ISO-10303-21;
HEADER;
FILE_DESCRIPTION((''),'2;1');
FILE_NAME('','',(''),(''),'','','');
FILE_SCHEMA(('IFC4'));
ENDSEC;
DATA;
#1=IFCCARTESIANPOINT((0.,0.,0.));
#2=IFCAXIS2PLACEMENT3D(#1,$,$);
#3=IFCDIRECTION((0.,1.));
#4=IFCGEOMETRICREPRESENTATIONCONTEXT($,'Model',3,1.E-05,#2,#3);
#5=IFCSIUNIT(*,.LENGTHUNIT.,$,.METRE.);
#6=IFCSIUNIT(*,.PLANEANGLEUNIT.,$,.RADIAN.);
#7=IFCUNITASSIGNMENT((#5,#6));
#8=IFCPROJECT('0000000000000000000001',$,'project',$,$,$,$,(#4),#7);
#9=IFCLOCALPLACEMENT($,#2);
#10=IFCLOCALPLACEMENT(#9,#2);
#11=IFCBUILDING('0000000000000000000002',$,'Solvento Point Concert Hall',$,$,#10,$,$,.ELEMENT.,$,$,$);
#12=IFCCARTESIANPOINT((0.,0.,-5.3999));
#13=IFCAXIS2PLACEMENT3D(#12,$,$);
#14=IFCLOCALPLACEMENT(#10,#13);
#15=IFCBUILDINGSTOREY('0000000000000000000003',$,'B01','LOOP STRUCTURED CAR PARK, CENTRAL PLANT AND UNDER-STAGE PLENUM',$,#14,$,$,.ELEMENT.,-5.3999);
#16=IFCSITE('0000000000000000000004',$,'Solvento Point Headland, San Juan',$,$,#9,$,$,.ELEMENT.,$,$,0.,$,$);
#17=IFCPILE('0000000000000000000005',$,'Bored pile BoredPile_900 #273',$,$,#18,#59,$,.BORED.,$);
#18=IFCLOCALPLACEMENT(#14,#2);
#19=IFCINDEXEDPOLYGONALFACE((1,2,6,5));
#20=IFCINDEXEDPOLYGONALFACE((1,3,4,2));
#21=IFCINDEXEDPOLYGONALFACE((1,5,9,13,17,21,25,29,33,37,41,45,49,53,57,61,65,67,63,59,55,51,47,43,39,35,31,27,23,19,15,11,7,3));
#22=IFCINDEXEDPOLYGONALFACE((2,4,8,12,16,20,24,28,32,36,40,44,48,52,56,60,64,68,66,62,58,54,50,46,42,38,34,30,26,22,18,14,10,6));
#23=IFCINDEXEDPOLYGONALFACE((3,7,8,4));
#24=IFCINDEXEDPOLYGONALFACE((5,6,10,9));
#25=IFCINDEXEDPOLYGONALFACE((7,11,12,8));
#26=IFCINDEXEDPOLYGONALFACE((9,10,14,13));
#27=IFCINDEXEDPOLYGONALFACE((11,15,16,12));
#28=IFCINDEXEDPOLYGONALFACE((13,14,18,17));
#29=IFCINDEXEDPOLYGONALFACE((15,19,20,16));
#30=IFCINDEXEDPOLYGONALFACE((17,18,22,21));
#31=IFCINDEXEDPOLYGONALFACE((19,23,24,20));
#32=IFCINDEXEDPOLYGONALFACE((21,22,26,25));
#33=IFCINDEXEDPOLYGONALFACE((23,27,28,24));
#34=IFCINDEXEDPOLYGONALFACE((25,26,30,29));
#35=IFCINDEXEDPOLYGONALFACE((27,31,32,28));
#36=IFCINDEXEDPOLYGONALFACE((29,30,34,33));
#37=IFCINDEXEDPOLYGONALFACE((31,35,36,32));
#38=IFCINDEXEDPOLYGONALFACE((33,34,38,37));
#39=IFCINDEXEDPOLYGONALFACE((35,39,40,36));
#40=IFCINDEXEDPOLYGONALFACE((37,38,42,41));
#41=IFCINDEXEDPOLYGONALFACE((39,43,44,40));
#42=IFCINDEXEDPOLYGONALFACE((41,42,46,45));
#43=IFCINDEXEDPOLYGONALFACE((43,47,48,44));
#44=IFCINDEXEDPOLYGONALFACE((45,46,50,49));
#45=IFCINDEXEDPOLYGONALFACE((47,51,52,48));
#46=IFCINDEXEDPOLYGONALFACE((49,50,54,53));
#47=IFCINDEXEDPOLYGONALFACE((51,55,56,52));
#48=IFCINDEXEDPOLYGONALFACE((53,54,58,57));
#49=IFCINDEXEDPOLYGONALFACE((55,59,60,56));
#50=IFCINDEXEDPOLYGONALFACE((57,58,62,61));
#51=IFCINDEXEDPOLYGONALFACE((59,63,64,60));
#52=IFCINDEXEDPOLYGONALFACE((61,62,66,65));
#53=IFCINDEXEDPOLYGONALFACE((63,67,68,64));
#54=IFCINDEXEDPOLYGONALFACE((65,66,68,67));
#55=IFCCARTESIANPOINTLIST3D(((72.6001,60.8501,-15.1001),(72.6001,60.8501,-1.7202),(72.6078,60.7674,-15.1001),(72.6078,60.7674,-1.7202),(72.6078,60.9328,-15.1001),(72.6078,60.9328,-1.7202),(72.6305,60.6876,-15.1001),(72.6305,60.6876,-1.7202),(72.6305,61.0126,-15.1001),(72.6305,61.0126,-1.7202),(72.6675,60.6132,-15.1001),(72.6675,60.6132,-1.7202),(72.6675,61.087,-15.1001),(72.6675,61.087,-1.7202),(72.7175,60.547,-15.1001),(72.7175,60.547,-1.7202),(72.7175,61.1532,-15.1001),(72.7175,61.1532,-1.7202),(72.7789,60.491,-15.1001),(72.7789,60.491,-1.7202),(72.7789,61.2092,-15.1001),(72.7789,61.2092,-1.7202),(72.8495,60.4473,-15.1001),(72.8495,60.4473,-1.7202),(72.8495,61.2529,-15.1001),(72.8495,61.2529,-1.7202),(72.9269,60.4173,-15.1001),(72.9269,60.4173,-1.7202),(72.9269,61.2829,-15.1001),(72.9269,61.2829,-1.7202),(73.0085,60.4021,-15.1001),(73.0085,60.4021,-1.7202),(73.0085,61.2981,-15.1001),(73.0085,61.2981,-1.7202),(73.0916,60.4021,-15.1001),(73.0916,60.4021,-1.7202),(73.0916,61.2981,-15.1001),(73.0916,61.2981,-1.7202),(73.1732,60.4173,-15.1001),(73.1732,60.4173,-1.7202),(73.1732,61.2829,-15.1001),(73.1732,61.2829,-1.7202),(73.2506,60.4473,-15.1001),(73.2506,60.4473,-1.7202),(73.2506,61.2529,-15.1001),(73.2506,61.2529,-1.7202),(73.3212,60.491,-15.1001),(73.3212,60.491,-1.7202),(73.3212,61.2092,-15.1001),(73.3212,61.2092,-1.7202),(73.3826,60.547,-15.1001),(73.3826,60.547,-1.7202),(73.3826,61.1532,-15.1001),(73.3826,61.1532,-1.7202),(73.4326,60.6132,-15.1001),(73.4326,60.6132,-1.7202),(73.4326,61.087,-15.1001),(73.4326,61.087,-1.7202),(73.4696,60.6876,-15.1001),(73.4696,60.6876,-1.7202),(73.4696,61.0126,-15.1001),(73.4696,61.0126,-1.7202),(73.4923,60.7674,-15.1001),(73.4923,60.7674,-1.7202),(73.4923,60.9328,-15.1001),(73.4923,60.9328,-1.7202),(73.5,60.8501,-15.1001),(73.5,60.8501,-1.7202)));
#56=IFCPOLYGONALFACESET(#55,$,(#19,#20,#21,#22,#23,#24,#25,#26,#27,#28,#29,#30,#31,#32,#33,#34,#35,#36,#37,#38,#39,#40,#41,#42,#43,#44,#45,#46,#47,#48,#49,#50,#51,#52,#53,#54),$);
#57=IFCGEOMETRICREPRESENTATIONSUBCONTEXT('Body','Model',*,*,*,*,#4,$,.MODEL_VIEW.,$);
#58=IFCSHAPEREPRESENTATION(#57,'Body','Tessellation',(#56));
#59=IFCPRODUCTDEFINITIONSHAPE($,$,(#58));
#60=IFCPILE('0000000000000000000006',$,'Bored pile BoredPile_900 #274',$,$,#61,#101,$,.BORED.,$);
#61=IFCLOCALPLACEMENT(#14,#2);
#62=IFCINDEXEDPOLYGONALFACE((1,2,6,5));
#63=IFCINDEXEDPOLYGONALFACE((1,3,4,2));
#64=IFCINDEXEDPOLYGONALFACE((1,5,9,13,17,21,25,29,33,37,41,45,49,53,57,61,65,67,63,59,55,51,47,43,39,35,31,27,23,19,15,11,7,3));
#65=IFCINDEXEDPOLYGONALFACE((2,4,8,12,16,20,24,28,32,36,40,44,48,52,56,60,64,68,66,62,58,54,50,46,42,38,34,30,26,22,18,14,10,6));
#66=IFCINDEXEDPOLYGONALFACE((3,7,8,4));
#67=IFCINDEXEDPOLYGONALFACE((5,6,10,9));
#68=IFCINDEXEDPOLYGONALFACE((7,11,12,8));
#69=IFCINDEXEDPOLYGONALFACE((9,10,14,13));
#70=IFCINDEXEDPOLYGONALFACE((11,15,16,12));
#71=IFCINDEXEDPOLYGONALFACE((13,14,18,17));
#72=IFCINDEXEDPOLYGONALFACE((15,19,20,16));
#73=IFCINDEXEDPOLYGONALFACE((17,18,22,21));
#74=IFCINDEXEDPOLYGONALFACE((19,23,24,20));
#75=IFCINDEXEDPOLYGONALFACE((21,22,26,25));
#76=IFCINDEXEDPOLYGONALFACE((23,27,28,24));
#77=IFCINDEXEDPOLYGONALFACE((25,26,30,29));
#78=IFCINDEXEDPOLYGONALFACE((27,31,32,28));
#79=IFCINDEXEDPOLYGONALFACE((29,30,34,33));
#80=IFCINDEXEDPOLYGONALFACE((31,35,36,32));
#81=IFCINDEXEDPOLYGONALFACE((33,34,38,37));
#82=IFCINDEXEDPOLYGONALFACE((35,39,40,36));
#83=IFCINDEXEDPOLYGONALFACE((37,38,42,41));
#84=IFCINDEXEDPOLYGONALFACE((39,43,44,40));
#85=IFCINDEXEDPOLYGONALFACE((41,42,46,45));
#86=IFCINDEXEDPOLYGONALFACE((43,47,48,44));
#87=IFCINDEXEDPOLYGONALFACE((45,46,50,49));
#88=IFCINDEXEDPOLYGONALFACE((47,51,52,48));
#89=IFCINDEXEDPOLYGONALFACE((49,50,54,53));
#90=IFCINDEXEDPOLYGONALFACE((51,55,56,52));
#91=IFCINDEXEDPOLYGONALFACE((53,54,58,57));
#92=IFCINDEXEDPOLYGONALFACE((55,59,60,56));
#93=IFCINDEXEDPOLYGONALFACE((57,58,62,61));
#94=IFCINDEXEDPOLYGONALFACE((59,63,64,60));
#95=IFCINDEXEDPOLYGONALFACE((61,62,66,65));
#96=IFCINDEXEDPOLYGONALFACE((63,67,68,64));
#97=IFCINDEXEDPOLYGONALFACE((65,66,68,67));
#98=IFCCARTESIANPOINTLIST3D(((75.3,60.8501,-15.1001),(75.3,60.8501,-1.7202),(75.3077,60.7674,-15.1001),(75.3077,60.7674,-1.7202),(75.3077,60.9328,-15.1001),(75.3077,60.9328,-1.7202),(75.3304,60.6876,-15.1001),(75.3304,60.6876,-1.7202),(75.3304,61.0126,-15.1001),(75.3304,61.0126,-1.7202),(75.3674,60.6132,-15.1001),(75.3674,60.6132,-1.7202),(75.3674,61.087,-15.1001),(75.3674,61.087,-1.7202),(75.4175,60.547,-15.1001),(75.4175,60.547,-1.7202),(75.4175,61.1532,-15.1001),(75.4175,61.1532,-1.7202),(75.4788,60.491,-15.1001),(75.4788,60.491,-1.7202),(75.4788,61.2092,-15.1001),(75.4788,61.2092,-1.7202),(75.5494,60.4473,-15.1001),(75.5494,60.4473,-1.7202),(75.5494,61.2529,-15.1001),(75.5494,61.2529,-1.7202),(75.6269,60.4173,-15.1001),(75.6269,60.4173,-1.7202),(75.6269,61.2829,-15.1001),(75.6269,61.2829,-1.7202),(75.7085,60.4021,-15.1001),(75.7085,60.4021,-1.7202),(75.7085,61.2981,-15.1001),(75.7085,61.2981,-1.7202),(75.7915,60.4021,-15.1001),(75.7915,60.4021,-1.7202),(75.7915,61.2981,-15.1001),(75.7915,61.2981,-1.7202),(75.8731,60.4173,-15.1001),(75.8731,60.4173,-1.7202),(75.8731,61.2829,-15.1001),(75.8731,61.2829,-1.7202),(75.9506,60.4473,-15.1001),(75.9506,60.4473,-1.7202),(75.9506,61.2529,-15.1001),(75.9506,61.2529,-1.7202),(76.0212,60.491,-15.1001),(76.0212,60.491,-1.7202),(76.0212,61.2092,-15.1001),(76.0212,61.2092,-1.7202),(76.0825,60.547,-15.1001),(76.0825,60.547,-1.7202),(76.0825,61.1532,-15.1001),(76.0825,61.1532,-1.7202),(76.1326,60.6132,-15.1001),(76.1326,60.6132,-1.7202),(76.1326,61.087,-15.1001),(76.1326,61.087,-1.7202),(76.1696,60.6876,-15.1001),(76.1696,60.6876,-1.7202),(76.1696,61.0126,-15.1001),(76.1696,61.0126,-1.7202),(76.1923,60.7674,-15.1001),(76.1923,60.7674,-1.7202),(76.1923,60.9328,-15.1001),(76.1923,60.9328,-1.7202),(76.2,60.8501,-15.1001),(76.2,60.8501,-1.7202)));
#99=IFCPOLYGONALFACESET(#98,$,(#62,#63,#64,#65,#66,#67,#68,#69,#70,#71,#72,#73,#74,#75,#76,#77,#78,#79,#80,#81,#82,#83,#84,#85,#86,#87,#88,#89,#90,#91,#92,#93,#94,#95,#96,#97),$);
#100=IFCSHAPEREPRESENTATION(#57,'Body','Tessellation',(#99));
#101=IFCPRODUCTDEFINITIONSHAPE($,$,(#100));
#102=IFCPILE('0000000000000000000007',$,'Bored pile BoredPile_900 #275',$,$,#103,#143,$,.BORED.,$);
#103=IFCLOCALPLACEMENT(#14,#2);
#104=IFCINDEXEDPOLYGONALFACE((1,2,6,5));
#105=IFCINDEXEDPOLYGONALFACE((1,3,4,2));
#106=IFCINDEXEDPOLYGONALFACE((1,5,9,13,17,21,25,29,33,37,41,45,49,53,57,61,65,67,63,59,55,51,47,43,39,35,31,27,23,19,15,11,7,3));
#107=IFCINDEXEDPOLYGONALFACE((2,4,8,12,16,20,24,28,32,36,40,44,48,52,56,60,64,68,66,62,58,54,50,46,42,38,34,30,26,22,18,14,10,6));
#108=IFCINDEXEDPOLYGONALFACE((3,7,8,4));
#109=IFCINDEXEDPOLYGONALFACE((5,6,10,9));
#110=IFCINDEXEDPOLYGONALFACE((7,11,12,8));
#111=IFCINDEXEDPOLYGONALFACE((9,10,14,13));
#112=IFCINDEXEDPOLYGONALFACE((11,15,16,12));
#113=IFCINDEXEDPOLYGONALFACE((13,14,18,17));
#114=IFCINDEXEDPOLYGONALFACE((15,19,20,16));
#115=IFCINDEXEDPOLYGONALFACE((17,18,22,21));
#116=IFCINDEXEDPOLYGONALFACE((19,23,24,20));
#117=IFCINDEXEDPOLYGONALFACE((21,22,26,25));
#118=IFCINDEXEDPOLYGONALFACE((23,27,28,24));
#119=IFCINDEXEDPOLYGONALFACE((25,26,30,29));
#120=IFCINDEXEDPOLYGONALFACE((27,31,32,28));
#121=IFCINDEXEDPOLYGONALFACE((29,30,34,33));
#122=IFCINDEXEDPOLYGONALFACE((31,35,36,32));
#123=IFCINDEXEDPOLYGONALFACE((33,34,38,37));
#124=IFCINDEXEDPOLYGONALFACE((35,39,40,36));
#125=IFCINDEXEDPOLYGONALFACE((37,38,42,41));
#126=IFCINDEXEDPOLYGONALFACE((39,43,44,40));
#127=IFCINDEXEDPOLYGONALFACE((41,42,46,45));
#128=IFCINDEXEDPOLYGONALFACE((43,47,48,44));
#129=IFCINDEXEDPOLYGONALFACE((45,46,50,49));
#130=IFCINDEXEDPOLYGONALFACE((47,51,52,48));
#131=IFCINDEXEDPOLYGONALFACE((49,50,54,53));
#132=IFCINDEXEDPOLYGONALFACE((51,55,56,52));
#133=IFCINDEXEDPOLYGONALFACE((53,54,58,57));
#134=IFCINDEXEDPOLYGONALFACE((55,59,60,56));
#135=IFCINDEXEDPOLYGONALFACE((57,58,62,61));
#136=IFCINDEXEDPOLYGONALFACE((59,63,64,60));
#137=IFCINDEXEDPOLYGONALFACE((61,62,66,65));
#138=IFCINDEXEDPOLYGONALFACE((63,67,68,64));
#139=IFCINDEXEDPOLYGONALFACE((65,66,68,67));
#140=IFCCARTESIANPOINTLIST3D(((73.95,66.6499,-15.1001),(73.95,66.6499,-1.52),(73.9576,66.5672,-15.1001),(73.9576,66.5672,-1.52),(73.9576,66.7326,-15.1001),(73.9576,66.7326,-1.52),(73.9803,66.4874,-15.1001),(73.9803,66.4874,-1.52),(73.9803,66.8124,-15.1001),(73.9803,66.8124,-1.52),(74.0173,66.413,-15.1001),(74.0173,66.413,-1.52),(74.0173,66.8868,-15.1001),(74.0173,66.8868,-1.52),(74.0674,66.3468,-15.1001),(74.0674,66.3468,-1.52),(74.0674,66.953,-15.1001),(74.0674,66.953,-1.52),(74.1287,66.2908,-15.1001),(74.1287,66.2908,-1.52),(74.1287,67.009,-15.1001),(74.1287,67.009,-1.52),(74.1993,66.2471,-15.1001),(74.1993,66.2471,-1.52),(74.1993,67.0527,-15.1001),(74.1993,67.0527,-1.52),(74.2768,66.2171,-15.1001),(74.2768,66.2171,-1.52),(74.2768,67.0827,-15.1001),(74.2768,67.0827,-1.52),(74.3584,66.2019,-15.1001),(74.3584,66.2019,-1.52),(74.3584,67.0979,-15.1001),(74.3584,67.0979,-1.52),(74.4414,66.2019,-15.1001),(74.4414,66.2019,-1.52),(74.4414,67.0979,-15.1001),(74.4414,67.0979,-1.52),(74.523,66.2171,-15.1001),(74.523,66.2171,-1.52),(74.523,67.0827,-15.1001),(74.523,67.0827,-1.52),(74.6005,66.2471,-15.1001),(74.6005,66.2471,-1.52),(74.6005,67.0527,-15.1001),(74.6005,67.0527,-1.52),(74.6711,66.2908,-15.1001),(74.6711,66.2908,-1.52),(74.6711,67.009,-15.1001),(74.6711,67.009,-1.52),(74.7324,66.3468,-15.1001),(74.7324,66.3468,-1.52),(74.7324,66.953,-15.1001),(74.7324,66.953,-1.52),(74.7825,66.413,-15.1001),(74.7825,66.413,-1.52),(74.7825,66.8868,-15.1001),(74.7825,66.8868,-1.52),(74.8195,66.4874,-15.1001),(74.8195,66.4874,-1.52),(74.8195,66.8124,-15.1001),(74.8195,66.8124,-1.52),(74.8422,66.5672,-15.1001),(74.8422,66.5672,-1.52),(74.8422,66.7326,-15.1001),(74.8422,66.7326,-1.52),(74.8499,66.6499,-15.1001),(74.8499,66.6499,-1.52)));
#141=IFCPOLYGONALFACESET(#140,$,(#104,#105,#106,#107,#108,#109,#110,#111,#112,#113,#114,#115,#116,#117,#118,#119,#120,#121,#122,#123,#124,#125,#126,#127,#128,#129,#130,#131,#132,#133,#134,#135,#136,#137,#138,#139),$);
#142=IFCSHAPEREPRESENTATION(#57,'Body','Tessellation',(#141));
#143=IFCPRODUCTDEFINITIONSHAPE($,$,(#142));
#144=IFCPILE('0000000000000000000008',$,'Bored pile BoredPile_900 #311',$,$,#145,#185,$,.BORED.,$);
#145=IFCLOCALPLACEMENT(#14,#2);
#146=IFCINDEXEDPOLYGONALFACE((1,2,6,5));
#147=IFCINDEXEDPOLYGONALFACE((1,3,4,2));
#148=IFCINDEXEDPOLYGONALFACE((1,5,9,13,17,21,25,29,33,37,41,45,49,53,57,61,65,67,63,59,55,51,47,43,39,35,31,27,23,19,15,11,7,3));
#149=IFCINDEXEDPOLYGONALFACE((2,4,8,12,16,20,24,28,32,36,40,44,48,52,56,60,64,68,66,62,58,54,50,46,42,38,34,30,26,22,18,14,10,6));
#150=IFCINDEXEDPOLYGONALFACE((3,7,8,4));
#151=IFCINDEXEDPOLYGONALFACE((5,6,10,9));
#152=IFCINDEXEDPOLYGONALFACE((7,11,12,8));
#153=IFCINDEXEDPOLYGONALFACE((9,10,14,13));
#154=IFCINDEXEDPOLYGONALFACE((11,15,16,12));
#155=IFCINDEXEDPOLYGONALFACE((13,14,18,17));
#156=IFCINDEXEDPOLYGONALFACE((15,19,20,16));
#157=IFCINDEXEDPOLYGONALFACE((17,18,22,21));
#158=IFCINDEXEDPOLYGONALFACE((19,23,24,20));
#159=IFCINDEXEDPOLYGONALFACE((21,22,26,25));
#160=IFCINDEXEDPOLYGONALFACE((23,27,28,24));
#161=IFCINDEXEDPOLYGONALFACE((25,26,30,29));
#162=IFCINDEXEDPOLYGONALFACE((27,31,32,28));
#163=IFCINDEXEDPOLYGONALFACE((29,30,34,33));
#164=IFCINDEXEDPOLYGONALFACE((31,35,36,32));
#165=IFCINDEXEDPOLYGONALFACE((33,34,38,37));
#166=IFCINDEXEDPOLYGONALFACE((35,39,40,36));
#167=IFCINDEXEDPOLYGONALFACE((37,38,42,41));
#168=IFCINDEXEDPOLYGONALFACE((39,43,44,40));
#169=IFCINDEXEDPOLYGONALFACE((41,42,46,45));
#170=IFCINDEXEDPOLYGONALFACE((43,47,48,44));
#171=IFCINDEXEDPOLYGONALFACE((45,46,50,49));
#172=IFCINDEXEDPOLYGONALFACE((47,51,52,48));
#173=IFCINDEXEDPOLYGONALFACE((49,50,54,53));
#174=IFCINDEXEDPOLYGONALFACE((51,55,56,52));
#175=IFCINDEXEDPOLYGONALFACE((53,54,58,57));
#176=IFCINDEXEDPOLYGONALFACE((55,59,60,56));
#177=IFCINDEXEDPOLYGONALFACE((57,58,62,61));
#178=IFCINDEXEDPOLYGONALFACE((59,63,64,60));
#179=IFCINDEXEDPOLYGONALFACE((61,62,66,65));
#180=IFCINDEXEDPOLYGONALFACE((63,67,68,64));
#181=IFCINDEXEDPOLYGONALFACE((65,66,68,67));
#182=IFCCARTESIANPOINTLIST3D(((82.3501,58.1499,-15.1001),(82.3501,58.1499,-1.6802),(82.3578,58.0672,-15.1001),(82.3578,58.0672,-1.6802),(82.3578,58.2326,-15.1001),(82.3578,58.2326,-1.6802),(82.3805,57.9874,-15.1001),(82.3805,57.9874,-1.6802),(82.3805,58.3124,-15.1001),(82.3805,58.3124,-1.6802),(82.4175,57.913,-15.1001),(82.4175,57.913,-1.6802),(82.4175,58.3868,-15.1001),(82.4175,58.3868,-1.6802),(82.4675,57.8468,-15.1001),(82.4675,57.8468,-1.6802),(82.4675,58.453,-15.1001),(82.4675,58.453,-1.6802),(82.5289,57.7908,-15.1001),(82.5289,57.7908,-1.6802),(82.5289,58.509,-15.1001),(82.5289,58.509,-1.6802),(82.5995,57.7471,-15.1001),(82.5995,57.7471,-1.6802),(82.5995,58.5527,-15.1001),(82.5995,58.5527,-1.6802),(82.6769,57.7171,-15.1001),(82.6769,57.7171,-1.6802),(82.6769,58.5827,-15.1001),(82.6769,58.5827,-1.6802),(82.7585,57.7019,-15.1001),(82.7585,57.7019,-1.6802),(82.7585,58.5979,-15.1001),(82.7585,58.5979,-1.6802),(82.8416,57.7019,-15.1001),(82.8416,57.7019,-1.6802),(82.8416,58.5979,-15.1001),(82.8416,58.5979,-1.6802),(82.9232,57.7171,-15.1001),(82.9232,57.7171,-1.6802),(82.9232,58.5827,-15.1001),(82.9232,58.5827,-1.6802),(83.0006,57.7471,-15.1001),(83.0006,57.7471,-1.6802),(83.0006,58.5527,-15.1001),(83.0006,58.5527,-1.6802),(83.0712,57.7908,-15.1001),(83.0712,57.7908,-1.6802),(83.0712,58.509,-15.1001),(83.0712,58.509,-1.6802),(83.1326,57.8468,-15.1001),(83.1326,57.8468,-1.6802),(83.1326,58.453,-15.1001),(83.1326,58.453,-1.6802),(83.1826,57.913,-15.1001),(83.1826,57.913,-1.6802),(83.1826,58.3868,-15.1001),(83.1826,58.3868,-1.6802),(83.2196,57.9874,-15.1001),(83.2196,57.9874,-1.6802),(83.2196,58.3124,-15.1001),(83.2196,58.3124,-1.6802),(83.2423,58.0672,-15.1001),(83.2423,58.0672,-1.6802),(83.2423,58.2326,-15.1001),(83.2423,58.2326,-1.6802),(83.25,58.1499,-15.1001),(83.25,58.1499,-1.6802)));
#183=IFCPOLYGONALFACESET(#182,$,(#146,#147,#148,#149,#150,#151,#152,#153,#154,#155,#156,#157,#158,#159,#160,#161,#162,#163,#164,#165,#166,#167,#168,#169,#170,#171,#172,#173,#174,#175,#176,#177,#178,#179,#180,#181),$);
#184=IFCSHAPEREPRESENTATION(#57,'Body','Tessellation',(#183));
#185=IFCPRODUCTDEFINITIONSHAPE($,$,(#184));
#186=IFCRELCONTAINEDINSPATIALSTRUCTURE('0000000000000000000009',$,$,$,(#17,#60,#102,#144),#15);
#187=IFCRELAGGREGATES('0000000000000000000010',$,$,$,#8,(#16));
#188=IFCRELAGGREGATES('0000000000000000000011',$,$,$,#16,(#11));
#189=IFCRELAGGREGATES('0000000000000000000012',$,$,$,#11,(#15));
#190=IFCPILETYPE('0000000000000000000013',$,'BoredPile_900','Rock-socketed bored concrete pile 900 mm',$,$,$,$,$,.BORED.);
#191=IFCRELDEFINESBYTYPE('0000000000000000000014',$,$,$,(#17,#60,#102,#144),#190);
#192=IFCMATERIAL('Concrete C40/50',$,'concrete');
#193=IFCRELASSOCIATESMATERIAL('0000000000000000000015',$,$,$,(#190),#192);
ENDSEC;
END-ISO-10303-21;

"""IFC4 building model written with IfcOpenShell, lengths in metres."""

from ifc_helpers import new_model, si_unit, direction, frame, origin, origin_2d, place, context, subcontext, project, spatial, circle, extrude, material, material_profile, profile_set, type_object, element, save


model = new_model("IFC4")

# Units and contexts
model_context = context("Model", 3, precision=1e-05, world=origin(), true_north=direction((0.0, 1.0)))
body_context = subcontext(model_context, "Body", "Model", "MODEL_VIEW")
ifc_project = project(units=[si_unit("LENGTHUNIT", "METRE"), si_unit("PLANEANGLEUNIT", "RADIAN")], contexts=[model_context])

# Site, building, storey
site_placement = place(None, origin())
site = spatial("IfcSite", under=ifc_project, at=site_placement, Name="Solvento Point Headland, San Juan", CompositionType="ELEMENT", RefElevation=0.0)
building_placement = place(site_placement, origin())
building = spatial("IfcBuilding", under=site, at=building_placement, Name="Solvento Point Concert Hall", CompositionType="ELEMENT")
storey_placement = place(building_placement, frame((0.0, 0.0, -5.3999)))
storey = spatial("IfcBuildingStorey", under=building, at=storey_placement, Name="B01", Description="LOOP STRUCTURED CAR PARK, CENTRAL PLANT AND UNDER-STAGE PLENUM", CompositionType="ELEMENT", Elevation=-5.3999)

# Piles
ifc_material_1 = material(Name="Concrete C40/50", Category="concrete")
ifc_material_profile_1 = material_profile(ifc_material_1, circle(Radius=0.45, at=origin_2d()), Name="BP-900")
ifc_profile_set_1 = profile_set([ifc_material_profile_1], Name="Concrete C40/50")
pile_type_1 = type_object("IfcPileType", Name="BoredPile_900", Description="Rock-socketed bored concrete pile 900 mm", PredefinedType="BORED", material=ifc_profile_set_1)
for number, where, z_axis, x_axis, name in (
    (1, (73.05, 60.8501, -1.7202), (0.0, 0.0, -1.0), (1.0, 0.0, 0.0), "Bored pile BoredPile_900 #273"),
    (2, (75.75, 60.8501, -1.7202), (0.0, 0.0, -1.0), (1.0, 0.0, 0.0), "Bored pile BoredPile_900 #274"),
):
    element("IfcPile", number, at=place(storey_placement, frame(where, z_axis=z_axis, x_axis=x_axis)), inside=storey, type_object=pile_type_1, Name=name, PredefinedType="BORED", context=body_context, shape_type="SweptSolid", body=[
        extrude(circle(Radius=0.45, at=origin_2d()), origin(), (0.0, 0.0, 1.0), 13.3799),
    ])
pile_1_placement = place(storey_placement, frame((74.3999, 66.6499, -1.52), z_axis=(0.0, 0.0, -1.0), x_axis=(1.0, 0.0, 0.0)))
element("IfcPile", 3, at=pile_1_placement, inside=storey, type_object=pile_type_1, Name="Bored pile BoredPile_900 #275", PredefinedType="BORED", context=body_context, shape_type="SweptSolid", body=[
    extrude(circle(Radius=0.45, at=origin_2d()), origin(), (0.0, 0.0, 1.0), 13.5801),
])
for number, where, z_axis, x_axis, name in (
    (4, (82.8, 58.1499, -1.6802), (0.0, 0.0, -1.0), (1.0, 0.0, 0.0), "Bored pile BoredPile_900 #311"),
):
    element("IfcPile", number, at=place(storey_placement, frame(where, z_axis=z_axis, x_axis=x_axis)), inside=storey, type_object=pile_type_1, Name=name, PredefinedType="BORED", context=body_context, shape_type="SweptSolid", body=[
        extrude(circle(Radius=0.45, at=origin_2d()), origin(), (0.0, 0.0, 1.0), 13.4199),
    ])

save(model, "model.ifc")
